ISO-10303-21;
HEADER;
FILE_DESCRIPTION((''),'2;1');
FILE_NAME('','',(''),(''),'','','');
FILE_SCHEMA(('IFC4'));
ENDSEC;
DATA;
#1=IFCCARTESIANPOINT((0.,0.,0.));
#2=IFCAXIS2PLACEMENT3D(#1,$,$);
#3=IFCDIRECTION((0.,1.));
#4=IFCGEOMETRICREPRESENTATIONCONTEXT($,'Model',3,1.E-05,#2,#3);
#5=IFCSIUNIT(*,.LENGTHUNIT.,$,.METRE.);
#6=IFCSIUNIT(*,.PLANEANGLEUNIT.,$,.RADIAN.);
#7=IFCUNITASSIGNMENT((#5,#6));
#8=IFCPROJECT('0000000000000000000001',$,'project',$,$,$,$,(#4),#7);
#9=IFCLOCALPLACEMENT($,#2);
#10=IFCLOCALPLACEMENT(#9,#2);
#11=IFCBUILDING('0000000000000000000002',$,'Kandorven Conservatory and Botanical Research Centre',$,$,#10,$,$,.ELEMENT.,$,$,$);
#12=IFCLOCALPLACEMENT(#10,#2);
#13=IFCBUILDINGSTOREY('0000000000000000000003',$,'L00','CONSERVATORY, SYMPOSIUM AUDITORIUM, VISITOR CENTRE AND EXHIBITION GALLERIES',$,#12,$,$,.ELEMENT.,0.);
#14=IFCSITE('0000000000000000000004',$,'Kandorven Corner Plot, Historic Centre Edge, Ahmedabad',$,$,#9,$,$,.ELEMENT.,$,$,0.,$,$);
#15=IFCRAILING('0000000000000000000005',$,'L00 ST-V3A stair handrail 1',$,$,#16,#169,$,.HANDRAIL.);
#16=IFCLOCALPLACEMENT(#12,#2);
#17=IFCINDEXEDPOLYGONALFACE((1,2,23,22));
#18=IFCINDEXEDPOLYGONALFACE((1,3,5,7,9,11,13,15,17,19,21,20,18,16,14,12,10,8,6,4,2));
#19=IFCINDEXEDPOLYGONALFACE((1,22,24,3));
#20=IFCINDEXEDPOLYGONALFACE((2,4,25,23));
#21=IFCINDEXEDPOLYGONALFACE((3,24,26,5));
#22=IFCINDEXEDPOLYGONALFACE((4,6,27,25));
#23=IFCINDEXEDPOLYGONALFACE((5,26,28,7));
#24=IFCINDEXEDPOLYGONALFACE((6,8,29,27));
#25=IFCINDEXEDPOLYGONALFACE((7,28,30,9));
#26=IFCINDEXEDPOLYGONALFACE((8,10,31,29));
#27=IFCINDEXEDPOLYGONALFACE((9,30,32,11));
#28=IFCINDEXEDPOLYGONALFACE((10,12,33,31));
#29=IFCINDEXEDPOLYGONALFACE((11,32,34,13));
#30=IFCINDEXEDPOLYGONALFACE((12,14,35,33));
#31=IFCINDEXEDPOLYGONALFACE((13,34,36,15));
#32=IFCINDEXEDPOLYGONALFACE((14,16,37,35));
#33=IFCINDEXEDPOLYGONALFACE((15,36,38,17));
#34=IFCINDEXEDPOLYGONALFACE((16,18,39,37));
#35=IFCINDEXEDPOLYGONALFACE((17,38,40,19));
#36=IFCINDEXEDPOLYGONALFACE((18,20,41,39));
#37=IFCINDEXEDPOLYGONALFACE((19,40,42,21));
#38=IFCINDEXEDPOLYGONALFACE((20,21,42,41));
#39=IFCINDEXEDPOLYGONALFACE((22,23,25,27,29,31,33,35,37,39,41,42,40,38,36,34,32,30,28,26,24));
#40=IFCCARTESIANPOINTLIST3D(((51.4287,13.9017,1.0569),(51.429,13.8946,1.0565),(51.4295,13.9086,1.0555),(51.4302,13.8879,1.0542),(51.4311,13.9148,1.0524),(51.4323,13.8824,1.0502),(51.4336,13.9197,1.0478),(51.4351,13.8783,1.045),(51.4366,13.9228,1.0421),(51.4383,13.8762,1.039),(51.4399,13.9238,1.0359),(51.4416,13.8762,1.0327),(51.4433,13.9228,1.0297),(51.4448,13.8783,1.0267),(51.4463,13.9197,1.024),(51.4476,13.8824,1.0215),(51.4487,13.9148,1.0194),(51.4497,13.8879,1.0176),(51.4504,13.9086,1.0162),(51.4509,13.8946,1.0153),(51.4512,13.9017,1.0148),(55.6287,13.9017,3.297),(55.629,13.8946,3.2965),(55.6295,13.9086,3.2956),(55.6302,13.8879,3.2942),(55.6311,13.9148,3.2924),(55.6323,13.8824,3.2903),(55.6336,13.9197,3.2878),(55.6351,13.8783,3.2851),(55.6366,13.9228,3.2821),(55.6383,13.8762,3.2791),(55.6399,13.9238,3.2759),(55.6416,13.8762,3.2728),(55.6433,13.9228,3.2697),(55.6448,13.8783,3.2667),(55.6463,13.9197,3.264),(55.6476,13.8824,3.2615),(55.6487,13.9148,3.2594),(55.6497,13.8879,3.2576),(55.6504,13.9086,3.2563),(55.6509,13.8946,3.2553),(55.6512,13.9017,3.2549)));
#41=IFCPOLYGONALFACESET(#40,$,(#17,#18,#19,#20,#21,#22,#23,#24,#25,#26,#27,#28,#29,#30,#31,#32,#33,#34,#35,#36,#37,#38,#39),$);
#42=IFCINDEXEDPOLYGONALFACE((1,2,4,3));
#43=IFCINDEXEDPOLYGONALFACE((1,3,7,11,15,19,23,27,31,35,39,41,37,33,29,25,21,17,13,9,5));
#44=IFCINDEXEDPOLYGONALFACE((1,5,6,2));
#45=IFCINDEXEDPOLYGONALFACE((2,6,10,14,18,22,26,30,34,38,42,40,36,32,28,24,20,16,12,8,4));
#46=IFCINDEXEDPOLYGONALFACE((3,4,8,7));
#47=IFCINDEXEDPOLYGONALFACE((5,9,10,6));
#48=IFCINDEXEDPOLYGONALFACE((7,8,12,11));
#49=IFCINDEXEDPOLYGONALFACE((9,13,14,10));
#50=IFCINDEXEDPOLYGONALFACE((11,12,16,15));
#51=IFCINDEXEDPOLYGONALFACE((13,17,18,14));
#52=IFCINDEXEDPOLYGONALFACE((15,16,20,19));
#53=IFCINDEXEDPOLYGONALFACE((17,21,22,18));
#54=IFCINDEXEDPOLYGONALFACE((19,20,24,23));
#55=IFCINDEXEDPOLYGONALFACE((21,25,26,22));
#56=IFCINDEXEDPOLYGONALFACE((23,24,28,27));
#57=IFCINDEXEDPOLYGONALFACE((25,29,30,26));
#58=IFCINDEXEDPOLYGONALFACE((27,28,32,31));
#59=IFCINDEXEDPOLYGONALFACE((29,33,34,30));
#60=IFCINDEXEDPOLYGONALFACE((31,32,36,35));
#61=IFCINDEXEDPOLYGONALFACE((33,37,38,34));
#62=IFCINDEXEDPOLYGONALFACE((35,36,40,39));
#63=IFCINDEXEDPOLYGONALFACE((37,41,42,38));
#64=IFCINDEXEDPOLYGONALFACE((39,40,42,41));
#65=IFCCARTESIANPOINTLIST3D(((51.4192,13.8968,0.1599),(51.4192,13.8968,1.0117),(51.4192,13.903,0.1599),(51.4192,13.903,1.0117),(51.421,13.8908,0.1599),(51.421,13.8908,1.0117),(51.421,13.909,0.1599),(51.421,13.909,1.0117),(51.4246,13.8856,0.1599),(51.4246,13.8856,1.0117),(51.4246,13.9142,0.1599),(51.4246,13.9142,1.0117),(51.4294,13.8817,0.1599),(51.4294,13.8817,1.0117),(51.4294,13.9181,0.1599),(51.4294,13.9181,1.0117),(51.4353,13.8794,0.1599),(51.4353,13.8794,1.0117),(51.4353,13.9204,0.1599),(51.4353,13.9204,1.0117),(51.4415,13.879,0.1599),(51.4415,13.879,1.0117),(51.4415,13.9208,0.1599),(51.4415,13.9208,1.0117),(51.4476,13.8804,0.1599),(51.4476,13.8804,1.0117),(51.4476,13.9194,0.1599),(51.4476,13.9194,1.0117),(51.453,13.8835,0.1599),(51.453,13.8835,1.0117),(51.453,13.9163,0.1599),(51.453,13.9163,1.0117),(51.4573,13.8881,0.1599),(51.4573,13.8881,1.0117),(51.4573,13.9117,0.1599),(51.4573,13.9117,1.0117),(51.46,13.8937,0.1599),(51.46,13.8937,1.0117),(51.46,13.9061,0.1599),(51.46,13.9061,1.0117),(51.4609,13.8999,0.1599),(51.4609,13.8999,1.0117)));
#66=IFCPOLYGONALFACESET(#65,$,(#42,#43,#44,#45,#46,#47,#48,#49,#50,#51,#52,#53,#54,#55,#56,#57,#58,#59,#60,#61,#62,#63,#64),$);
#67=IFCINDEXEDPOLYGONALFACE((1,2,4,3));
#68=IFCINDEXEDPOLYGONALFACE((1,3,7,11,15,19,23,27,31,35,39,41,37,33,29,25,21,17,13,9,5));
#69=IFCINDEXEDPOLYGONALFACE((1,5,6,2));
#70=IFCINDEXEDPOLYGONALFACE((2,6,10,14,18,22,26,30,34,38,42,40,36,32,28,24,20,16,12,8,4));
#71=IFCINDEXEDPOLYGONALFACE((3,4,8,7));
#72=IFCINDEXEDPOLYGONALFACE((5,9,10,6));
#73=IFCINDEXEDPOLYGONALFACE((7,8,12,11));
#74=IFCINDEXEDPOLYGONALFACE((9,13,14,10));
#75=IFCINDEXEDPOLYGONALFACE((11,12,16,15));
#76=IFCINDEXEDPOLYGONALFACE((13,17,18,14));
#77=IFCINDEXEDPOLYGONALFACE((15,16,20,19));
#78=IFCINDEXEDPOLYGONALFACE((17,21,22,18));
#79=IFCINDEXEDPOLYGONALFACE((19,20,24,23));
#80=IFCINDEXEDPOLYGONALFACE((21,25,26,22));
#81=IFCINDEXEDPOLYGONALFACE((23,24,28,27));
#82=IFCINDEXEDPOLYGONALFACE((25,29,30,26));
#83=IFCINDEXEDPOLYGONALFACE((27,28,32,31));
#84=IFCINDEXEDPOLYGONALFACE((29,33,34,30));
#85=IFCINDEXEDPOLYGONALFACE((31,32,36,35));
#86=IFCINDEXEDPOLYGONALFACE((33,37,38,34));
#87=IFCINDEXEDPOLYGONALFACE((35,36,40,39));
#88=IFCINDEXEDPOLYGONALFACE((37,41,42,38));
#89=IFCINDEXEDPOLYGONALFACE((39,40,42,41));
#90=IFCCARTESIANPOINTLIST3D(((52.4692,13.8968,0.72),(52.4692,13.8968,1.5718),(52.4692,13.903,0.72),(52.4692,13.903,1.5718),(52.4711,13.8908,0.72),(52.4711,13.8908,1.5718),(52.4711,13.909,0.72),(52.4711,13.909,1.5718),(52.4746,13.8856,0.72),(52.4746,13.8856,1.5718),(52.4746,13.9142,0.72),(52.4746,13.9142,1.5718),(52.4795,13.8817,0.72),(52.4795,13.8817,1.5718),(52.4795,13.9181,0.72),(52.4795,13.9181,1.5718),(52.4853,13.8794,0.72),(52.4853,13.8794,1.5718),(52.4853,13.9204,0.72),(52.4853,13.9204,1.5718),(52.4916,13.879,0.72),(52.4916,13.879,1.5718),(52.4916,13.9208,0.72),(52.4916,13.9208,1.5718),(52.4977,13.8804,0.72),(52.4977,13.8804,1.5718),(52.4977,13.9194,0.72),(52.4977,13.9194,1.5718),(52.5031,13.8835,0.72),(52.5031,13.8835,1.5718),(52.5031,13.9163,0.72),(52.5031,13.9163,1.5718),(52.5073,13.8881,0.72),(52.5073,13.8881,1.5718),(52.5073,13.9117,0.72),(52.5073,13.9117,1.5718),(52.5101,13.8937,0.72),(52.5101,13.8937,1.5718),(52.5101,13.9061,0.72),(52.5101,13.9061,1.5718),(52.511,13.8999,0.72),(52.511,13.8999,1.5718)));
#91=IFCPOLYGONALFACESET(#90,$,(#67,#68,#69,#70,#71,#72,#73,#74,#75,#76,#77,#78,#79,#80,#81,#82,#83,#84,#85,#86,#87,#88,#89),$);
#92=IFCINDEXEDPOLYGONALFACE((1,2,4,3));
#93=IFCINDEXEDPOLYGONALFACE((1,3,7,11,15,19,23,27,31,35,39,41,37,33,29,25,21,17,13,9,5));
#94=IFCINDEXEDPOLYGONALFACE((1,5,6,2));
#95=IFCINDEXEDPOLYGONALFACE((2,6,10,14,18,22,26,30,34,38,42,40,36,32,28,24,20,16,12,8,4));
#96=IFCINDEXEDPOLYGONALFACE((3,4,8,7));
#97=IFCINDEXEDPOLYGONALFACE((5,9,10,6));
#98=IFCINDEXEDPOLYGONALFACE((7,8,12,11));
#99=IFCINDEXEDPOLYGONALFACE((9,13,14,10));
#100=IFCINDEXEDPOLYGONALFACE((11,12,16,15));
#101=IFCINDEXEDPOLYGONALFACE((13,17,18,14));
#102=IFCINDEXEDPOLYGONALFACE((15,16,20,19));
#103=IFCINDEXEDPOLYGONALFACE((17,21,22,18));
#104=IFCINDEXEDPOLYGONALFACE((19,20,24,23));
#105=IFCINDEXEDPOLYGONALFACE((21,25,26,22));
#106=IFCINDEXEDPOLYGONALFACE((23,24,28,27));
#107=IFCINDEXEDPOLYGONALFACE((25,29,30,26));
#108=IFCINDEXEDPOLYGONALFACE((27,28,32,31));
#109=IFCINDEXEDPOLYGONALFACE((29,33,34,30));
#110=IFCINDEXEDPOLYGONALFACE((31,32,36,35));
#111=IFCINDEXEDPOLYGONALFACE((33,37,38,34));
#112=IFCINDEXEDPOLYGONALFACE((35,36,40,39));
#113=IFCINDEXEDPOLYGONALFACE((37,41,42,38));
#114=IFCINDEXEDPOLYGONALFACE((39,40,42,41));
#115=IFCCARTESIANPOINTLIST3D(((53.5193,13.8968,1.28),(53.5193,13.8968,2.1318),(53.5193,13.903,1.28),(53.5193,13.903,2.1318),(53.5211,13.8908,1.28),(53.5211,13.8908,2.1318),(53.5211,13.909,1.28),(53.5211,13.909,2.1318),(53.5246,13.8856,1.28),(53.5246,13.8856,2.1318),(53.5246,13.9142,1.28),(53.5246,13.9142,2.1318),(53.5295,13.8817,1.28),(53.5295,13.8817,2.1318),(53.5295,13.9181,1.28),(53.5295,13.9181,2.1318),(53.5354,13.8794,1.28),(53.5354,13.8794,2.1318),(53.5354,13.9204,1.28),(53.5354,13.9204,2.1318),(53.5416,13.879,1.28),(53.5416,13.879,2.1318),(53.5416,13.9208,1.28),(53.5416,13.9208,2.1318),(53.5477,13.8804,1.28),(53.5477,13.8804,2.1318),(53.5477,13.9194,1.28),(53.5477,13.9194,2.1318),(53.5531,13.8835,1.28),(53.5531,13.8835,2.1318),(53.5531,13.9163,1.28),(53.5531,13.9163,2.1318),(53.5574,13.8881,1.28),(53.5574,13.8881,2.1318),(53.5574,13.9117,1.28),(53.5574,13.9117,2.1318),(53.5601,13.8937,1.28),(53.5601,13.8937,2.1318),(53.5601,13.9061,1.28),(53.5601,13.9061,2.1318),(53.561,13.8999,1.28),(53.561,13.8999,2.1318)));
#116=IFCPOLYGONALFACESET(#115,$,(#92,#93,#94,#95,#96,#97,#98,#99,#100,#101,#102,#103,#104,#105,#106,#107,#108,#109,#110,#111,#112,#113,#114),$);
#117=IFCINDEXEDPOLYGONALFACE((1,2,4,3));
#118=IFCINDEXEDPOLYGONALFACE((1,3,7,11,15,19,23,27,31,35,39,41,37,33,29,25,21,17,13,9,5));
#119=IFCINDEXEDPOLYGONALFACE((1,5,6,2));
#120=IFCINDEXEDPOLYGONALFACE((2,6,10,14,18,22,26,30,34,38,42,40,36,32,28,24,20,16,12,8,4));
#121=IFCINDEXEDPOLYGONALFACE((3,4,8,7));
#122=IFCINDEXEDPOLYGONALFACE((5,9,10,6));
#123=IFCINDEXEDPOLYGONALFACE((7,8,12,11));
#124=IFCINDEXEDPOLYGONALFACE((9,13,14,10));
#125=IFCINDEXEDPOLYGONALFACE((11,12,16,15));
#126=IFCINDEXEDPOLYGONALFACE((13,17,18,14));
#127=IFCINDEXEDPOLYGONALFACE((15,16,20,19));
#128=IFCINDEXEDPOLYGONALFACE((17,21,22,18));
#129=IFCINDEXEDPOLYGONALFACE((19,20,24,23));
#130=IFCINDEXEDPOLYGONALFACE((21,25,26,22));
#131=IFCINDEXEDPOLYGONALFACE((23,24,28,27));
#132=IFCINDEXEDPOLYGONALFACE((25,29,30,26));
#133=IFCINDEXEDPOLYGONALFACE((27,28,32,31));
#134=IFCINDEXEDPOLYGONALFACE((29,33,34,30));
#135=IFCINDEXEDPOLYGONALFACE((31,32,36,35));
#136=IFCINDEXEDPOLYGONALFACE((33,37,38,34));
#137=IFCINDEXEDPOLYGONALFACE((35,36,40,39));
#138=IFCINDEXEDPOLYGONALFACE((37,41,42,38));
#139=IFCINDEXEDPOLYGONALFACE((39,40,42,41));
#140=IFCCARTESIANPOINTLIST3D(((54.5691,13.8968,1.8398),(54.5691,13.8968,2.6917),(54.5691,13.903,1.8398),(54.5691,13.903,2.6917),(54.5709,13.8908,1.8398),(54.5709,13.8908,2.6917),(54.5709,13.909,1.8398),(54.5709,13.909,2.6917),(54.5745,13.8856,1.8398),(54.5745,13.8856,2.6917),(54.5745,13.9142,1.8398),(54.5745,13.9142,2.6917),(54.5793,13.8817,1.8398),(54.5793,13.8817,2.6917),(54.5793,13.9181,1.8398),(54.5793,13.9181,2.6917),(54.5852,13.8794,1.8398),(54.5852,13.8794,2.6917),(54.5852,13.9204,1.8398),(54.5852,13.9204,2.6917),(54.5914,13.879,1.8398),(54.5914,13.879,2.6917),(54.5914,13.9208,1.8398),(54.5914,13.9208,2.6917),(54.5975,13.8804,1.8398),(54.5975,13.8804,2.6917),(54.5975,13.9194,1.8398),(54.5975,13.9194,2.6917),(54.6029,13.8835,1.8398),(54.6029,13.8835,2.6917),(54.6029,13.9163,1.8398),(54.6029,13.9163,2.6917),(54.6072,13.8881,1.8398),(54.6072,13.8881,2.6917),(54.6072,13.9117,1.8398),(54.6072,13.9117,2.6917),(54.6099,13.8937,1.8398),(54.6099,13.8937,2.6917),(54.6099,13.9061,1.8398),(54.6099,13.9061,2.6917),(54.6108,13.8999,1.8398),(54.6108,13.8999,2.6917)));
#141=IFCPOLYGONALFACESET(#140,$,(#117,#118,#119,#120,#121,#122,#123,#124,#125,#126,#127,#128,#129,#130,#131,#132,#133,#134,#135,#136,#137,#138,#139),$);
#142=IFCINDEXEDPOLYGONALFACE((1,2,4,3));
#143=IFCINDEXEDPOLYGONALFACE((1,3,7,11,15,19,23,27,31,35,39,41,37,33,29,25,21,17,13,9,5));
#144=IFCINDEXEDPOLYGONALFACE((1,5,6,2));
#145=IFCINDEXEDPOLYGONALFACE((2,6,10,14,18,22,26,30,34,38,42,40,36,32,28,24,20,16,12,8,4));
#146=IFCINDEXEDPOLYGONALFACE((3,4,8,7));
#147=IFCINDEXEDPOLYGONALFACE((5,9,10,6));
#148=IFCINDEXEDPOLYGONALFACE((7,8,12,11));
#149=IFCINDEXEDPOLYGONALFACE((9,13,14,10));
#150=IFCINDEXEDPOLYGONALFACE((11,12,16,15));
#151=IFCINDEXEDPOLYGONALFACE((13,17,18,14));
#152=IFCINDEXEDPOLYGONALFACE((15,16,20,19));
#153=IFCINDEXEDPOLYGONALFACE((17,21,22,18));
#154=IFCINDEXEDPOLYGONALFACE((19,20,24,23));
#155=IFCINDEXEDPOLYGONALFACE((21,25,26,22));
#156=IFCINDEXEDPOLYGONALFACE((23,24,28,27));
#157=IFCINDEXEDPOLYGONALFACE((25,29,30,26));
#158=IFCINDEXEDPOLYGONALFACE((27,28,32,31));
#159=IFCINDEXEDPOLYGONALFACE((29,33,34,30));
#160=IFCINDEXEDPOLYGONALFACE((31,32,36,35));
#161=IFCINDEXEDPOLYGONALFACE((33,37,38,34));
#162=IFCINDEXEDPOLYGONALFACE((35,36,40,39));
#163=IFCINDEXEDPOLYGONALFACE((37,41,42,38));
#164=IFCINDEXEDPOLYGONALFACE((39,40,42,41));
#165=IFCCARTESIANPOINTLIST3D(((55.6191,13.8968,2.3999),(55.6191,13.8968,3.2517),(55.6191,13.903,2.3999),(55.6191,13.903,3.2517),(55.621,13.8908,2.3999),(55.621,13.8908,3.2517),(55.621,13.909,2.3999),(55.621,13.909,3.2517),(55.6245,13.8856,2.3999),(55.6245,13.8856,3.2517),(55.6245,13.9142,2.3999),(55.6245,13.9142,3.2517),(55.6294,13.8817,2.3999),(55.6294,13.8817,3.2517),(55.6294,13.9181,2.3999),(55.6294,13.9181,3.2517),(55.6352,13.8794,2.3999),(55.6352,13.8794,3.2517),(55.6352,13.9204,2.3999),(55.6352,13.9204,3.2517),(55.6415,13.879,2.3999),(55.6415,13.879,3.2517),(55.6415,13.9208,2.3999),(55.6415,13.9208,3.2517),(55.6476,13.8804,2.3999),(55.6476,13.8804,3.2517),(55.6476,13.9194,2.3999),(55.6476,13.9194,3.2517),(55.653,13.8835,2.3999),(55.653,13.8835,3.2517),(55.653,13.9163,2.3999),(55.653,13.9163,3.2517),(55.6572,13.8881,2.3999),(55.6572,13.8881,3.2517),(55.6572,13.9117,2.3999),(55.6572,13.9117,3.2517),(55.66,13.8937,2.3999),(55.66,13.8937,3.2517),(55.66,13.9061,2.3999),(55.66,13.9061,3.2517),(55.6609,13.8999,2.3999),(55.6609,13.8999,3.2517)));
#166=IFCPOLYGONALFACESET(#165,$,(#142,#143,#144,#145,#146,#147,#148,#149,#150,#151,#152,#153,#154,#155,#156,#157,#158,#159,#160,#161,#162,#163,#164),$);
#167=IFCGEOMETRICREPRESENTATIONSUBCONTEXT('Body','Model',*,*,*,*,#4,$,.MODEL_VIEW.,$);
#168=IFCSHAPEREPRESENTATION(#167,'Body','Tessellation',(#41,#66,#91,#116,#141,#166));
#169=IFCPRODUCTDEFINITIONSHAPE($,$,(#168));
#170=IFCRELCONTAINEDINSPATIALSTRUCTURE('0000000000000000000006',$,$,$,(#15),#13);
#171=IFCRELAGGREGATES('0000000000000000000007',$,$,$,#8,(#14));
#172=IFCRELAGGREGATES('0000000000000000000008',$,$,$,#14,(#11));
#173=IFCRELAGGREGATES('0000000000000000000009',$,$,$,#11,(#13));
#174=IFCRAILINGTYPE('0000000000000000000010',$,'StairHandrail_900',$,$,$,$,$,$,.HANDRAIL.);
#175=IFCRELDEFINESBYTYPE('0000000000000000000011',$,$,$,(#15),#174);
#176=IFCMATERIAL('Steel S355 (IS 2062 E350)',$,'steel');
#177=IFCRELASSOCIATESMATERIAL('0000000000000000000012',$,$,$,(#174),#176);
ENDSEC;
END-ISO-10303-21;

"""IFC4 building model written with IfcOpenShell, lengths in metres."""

from ifc_helpers import new_model, si_unit, direction, frame, origin, origin_2d, place, context, subcontext, project, spatial, circle, extrude, material, type_object, element, save


model = new_model("IFC4")

# Units and contexts
model_context = context("Model", 3, precision=1e-05, world=origin(), true_north=direction((0.0, 1.0)))
body_context = subcontext(model_context, "Body", "Model", "MODEL_VIEW")
ifc_project = project(units=[si_unit("LENGTHUNIT", "METRE"), si_unit("PLANEANGLEUNIT", "RADIAN")], contexts=[model_context])

# Site, building, storey
site_placement = place(None, origin())
site = spatial("IfcSite", under=ifc_project, at=site_placement, Name="Kandorven Corner Plot, Historic Centre Edge, Ahmedabad", CompositionType="ELEMENT", RefElevation=0.0)
building_placement = place(site_placement, origin())
building = spatial("IfcBuilding", under=site, at=building_placement, Name="Kandorven Conservatory and Botanical Research Centre", CompositionType="ELEMENT")
storey_placement = place(building_placement, origin())
storey = spatial("IfcBuildingStorey", under=building, at=storey_placement, Name="L00", Description="CONSERVATORY, SYMPOSIUM AUDITORIUM, VISITOR CENTRE AND EXHIBITION GALLERIES", CompositionType="ELEMENT", Elevation=0.0)

# Railing
ifc_material_1 = material(Name="Steel S355 (IS 2062 E350)", Category="steel")
railing_type_1 = type_object("IfcRailingType", Name="StairHandrail_900", PredefinedType="HANDRAIL", material=ifc_material_1)
railing_1_placement = place(storey_placement, frame((51.4399, 13.8999, 0.1599)))
element("IfcRailing", 1, at=railing_1_placement, inside=storey, type_object=railing_type_1, Name="L00 ST-V3A stair handrail 1", PredefinedType="HANDRAIL", context=body_context, shape_type="SweptSolid", body=[
    extrude(circle(Radius=0.0239, at=origin_2d()), frame((0.0, 0.0, 0.876), z_axis=(0.882352, 0.0, 0.470591), x_axis=(0.0, 1.0, 0.0)), (0.0, 0.0, 1.0), 4.76),
    extrude(circle(Radius=0.021, at=origin_2d()), origin(), (0.0, 0.0, 1.0), 0.8518),
    extrude(circle(Radius=0.021, at=origin_2d()), frame((1.05, 0.0, 0.5601)), (0.0, 0.0, 1.0), 0.8518),
    extrude(circle(Radius=0.021, at=origin_2d()), frame((2.1001, 0.0, 1.1201)), (0.0, 0.0, 1.0), 0.8518),
    extrude(circle(Radius=0.021, at=origin_2d()), frame((3.1499, 0.0, 1.6799)), (0.0, 0.0, 1.0), 0.8518),
    extrude(circle(Radius=0.021, at=origin_2d()), frame((4.2, 0.0, 2.24)), (0.0, 0.0, 1.0), 0.8518),
])

save(model, "model.ifc")
